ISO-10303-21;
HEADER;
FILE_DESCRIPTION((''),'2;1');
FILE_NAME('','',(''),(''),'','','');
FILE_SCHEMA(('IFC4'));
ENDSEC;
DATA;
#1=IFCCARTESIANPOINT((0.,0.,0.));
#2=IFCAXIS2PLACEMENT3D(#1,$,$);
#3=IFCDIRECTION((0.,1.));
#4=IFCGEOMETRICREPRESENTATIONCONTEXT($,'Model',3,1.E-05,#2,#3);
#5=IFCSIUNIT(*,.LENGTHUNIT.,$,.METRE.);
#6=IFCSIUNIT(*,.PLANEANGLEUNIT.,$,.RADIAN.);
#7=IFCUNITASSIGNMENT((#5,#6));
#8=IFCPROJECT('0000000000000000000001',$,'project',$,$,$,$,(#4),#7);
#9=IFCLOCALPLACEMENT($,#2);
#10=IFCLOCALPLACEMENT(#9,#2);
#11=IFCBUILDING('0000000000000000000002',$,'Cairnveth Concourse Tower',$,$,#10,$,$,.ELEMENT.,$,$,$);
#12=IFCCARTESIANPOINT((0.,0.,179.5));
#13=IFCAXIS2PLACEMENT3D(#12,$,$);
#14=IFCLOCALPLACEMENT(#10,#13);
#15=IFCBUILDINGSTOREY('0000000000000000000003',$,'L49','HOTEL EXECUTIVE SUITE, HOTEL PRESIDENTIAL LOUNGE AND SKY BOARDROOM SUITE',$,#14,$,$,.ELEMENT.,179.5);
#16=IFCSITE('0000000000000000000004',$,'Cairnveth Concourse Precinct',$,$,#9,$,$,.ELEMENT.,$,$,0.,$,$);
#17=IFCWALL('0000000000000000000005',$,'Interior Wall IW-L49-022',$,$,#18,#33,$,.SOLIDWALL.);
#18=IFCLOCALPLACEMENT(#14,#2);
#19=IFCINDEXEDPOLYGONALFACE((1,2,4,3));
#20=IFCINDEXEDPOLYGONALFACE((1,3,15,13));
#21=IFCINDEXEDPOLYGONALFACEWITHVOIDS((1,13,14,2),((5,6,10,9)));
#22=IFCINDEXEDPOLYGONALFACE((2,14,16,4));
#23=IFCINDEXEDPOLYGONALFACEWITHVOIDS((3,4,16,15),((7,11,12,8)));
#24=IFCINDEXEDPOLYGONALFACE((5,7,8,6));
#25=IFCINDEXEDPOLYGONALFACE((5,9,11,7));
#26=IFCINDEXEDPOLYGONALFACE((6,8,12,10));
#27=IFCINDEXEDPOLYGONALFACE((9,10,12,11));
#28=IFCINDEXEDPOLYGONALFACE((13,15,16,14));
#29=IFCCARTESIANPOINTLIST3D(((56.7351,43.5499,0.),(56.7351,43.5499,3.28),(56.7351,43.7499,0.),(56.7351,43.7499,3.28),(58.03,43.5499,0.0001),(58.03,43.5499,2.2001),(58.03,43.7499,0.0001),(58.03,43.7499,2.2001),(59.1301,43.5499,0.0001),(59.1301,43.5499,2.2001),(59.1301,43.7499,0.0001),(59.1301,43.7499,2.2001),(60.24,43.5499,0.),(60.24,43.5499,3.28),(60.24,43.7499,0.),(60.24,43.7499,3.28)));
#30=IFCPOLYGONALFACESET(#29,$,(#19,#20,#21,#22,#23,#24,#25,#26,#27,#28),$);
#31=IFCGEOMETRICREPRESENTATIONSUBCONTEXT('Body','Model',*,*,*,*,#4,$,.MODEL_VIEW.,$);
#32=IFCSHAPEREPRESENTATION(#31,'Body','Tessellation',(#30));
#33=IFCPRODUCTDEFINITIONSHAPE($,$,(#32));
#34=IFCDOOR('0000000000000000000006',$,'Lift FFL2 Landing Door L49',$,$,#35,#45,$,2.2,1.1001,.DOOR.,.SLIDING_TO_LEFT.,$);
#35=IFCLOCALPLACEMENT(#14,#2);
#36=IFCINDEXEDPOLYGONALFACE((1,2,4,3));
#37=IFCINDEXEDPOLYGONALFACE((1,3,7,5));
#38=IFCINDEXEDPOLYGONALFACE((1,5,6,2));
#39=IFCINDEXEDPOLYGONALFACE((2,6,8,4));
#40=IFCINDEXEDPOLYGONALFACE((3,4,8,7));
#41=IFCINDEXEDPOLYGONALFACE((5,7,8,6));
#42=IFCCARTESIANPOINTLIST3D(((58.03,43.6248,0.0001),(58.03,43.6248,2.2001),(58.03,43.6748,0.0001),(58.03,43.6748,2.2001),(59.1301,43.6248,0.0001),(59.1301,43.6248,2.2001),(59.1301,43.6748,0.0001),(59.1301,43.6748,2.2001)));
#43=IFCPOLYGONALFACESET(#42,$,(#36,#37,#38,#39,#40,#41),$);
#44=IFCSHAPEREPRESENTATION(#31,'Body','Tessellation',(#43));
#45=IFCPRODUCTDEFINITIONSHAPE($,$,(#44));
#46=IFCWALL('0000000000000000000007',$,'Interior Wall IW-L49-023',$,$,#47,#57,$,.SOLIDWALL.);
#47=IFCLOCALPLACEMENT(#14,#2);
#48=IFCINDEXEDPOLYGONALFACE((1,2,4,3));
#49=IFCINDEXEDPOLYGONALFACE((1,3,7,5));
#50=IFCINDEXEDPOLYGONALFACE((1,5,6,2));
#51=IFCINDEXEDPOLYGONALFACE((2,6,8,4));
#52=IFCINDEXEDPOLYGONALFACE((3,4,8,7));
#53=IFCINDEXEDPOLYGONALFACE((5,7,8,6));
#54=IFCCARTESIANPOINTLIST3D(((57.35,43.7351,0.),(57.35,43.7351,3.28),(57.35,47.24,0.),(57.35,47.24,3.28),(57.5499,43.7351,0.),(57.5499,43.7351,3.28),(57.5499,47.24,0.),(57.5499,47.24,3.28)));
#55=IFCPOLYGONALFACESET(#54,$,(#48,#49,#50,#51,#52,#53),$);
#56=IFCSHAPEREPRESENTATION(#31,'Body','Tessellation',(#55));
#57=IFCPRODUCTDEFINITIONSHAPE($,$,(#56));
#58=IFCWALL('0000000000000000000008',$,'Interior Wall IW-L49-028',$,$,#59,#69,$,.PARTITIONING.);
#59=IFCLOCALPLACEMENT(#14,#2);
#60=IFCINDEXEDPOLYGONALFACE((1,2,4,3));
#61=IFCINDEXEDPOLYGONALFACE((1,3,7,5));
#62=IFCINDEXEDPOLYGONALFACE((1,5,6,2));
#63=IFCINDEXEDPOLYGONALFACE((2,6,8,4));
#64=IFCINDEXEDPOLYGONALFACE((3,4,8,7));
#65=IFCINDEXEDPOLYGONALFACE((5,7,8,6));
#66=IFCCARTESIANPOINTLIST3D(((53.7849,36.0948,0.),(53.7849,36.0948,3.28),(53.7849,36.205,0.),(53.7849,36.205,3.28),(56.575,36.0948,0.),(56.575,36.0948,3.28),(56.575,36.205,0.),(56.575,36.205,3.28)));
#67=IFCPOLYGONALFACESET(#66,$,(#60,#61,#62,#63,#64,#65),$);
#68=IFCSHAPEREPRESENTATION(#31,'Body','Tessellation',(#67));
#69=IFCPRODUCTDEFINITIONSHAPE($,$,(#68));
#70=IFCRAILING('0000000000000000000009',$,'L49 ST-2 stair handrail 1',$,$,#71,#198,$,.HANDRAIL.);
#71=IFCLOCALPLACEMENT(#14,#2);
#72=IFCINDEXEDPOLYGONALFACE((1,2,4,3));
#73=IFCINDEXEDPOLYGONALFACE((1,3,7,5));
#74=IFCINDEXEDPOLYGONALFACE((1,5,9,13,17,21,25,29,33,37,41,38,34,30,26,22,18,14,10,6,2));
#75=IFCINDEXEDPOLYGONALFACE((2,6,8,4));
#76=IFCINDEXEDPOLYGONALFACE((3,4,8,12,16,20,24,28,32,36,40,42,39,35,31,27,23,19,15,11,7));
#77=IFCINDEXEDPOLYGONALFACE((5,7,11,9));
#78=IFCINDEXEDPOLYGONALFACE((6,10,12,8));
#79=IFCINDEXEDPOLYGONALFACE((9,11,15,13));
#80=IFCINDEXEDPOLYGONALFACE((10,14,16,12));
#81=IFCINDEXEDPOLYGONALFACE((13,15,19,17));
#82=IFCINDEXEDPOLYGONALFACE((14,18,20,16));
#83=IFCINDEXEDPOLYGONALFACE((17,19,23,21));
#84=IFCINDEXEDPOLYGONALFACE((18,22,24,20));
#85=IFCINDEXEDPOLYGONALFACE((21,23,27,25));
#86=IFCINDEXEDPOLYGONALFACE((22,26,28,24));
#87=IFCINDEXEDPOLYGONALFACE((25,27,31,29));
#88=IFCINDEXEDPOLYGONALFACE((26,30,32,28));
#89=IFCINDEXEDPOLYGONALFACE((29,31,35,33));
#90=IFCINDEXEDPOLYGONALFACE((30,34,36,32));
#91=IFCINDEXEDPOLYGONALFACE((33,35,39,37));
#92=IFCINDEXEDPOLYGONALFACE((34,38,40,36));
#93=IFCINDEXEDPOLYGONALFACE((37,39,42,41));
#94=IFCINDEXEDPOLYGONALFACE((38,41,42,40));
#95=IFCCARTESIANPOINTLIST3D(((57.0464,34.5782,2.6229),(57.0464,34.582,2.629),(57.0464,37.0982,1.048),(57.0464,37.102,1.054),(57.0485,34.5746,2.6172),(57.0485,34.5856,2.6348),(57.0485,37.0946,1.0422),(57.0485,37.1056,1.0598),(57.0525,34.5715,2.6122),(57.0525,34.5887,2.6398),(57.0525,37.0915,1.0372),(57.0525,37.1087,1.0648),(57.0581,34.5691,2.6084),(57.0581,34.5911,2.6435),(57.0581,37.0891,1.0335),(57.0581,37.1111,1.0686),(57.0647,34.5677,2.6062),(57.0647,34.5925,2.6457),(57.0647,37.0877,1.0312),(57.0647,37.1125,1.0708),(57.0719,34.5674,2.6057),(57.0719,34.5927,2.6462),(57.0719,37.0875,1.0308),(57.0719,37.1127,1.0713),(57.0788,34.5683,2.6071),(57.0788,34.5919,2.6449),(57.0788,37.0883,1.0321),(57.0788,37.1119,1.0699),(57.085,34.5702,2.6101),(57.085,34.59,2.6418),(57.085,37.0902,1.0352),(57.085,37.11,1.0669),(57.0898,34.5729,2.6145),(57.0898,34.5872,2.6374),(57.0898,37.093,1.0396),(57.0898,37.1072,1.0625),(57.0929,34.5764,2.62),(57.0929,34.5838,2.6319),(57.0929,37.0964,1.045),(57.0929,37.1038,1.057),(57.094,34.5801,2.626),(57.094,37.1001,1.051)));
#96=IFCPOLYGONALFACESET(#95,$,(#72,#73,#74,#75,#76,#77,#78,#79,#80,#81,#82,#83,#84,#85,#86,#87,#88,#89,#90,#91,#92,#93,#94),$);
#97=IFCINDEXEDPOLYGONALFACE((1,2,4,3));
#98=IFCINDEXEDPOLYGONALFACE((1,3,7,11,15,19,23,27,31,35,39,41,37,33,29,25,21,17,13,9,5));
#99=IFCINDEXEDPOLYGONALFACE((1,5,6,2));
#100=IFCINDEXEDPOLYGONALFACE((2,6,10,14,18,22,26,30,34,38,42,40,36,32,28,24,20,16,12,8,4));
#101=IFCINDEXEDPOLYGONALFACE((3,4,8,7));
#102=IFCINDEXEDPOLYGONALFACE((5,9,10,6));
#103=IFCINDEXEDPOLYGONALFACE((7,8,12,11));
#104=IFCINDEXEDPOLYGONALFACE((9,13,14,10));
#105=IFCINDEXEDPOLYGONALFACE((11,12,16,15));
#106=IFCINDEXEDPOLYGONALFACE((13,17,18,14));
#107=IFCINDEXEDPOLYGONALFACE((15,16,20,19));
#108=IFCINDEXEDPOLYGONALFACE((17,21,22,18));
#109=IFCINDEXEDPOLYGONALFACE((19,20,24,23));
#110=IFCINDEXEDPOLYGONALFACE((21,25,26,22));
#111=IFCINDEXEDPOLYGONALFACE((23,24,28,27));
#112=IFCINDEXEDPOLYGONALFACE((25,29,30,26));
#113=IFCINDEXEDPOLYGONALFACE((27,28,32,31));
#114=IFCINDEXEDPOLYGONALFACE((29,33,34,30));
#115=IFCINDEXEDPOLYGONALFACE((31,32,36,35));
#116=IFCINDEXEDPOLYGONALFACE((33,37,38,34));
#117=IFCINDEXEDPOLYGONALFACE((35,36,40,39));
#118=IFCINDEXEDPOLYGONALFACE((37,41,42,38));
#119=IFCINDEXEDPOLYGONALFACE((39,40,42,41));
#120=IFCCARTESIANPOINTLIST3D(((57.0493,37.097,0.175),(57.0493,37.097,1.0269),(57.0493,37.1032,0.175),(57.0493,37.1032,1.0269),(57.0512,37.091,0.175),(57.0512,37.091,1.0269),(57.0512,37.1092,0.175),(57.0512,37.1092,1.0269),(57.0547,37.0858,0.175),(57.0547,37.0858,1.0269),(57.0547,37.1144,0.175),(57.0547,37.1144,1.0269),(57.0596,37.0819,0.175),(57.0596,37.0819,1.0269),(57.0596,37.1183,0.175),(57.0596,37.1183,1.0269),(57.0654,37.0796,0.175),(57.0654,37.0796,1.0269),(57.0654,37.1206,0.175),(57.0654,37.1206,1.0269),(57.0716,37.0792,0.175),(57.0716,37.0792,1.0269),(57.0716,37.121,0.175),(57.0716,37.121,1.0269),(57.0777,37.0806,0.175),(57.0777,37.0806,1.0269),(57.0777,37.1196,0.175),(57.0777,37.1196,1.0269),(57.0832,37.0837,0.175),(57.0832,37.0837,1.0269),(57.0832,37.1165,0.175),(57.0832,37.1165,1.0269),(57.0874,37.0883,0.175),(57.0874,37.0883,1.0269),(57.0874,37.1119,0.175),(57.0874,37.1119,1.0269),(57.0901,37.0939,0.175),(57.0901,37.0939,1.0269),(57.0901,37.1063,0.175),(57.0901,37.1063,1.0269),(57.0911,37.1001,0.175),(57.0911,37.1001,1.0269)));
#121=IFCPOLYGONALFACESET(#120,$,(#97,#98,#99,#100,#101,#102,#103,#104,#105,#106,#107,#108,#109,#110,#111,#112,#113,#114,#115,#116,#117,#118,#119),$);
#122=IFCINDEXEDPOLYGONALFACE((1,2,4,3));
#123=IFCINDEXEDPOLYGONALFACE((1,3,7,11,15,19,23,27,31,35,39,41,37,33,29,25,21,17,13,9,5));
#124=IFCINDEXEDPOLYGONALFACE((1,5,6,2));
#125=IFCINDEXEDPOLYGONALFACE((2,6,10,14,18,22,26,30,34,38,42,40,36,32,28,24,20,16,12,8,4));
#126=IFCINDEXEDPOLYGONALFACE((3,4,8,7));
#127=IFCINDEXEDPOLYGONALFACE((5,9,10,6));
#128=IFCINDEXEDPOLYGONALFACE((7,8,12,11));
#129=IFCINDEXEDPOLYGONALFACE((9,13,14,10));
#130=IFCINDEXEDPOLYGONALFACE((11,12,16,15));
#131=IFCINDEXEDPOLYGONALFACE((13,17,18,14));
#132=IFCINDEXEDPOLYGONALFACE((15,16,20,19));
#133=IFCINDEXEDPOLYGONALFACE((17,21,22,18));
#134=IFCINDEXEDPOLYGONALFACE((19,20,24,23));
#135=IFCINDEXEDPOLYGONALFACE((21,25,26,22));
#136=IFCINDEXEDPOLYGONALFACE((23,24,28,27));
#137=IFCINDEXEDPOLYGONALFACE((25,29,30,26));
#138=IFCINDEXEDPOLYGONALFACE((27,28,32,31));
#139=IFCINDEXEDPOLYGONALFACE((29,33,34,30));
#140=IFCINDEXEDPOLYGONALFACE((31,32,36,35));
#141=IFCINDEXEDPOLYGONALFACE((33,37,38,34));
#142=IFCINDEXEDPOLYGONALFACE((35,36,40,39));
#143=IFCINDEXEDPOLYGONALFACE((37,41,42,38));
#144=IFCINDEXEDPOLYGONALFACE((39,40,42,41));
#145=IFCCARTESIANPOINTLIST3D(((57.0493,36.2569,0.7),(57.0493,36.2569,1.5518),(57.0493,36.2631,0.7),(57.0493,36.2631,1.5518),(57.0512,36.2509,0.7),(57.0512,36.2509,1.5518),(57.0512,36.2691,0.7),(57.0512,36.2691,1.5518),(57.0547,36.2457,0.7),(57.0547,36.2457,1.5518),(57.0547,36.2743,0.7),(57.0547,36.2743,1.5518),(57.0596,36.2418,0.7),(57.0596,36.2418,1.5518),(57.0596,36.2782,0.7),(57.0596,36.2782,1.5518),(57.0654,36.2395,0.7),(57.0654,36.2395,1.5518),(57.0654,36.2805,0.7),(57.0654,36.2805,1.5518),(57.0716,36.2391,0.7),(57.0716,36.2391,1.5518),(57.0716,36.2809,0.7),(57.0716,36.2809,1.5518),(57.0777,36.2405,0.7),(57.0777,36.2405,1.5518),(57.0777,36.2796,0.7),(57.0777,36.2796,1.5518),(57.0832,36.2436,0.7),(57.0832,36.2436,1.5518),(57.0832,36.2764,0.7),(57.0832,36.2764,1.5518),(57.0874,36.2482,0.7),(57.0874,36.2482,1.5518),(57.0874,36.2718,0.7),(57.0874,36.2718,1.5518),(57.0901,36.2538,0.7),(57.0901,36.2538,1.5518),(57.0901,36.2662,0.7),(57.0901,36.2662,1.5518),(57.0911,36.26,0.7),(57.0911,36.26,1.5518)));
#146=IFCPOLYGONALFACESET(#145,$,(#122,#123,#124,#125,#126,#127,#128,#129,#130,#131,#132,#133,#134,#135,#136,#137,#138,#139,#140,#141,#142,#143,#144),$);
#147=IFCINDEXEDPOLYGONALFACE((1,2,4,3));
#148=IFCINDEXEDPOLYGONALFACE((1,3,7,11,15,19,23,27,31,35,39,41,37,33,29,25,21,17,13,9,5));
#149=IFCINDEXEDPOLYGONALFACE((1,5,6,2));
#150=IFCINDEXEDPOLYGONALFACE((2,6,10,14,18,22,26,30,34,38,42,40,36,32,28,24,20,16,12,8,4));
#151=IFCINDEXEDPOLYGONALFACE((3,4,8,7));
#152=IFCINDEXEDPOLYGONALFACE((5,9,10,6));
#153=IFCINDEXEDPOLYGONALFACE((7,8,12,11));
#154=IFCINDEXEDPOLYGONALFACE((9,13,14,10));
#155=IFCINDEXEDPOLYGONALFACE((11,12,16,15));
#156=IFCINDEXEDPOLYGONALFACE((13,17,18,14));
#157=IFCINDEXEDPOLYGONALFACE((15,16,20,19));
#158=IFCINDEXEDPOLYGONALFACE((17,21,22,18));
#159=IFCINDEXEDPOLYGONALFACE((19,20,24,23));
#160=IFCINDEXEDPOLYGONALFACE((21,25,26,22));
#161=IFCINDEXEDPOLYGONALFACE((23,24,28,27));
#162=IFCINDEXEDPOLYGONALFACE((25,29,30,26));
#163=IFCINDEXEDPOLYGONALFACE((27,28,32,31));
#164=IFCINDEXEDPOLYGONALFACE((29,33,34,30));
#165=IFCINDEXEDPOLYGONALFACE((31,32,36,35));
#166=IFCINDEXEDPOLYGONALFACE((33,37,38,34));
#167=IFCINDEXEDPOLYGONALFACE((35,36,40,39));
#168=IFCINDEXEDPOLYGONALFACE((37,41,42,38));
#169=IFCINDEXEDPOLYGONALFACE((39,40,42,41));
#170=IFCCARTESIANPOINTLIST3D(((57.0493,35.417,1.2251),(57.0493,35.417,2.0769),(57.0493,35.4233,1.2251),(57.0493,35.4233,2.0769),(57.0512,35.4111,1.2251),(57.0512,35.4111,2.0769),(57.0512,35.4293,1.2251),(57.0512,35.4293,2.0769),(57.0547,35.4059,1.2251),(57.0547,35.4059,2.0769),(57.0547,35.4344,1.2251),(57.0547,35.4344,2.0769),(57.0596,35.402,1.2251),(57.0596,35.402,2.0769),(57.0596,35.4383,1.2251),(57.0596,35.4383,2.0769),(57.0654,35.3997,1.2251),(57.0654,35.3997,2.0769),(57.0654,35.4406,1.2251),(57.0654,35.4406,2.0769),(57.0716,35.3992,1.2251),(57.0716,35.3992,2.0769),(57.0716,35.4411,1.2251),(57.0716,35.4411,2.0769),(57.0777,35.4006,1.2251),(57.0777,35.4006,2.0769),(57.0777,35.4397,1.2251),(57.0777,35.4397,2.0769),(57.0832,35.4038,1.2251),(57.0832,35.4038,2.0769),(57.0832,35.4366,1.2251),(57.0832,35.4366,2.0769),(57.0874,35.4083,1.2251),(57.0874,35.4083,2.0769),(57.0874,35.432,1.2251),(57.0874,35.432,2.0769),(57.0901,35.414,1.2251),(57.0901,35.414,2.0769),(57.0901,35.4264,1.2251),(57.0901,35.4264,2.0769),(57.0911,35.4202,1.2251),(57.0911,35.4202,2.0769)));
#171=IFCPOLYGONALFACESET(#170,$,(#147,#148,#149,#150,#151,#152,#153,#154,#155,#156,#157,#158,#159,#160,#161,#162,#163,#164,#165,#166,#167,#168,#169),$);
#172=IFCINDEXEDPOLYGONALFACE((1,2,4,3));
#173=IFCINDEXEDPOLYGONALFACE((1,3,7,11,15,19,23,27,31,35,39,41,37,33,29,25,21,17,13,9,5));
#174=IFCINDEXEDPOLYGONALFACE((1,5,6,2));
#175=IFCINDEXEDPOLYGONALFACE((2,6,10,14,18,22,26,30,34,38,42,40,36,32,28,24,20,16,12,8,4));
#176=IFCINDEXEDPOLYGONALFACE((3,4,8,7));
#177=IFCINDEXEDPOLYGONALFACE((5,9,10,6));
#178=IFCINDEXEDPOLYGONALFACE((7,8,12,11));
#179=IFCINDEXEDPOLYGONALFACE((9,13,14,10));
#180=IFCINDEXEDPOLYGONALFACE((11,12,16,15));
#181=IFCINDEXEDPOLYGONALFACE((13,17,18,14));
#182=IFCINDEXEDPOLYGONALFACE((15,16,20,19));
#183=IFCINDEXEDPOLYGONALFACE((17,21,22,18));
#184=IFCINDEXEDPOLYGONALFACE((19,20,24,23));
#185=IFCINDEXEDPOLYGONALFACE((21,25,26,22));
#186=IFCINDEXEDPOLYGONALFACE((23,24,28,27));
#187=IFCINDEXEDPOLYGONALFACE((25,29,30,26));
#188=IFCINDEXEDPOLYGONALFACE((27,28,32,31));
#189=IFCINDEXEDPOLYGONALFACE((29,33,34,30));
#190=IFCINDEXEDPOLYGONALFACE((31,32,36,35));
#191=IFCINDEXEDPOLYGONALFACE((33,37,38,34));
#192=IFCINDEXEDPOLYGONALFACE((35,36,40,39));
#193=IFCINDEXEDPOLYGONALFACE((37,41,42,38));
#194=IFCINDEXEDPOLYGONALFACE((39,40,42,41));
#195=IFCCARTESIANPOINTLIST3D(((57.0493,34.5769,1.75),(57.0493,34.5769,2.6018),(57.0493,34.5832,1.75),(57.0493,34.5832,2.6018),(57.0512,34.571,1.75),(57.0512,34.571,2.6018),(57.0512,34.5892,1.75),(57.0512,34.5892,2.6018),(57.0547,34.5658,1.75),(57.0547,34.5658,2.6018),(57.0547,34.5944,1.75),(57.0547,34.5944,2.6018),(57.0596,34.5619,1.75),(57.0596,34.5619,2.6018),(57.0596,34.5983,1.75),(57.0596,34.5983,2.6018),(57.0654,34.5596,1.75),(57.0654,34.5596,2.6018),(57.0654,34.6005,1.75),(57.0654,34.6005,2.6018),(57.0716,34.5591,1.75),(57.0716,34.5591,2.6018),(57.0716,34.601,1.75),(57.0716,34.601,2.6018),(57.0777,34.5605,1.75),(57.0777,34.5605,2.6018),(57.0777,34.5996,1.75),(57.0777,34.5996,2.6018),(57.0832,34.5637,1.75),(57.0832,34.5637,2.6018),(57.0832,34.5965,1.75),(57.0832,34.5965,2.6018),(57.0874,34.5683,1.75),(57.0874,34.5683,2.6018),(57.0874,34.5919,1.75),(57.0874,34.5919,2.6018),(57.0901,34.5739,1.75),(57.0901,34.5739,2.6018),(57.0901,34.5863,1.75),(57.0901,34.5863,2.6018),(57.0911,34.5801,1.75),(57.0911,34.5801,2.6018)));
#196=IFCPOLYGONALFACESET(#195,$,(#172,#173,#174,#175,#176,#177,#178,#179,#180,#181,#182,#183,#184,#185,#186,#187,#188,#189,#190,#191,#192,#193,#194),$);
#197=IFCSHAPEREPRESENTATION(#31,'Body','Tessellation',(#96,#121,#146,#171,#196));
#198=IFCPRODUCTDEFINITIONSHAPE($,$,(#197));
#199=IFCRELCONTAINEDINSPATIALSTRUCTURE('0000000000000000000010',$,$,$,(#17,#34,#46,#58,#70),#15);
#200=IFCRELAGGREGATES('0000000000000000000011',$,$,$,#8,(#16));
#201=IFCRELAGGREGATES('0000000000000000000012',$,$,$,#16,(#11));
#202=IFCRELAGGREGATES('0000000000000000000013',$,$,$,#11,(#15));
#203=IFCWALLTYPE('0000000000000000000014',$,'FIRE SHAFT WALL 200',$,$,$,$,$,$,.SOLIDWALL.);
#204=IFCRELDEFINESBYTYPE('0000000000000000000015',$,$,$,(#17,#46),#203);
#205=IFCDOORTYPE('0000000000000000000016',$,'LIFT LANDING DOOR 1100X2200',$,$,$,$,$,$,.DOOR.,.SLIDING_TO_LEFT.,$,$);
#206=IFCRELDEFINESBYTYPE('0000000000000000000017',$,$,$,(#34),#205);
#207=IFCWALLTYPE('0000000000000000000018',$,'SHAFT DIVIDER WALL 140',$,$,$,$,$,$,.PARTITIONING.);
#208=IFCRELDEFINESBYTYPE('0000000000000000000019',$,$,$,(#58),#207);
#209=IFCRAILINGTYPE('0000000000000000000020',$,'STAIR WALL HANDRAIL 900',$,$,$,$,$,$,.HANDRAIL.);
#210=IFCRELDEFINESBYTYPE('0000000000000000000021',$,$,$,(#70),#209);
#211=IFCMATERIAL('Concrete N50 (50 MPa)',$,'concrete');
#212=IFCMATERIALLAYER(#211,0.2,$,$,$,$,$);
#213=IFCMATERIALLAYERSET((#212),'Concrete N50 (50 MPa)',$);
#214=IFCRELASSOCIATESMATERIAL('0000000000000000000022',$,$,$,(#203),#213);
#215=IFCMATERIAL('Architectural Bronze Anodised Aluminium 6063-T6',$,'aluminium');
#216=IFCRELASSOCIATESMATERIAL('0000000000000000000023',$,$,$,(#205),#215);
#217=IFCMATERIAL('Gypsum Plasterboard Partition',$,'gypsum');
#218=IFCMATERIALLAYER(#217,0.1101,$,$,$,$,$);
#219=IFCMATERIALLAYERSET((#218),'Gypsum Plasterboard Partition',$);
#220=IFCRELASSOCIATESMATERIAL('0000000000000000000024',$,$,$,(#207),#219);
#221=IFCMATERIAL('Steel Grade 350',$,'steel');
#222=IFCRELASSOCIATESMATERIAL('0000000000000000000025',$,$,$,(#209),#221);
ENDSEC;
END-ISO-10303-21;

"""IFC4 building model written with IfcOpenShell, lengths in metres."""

from ifc_helpers import new_model, si_unit, direction, frame, frame_2d, origin, origin_2d, place, context, subcontext, project, spatial, rectangle, circle, extrude, material, layer, layer_set, type_object, element, fill, save


model = new_model("IFC4")

# Units and contexts
model_context = context("Model", 3, precision=1e-05, world=origin(), true_north=direction((0.0, 1.0)))
body_context = subcontext(model_context, "Body", "Model", "MODEL_VIEW")
ifc_project = project(units=[si_unit("LENGTHUNIT", "METRE"), si_unit("PLANEANGLEUNIT", "RADIAN")], contexts=[model_context])

# Site, building, storey
site_placement = place(None, origin())
site = spatial("IfcSite", under=ifc_project, at=site_placement, Name="Cairnveth Concourse Precinct", CompositionType="ELEMENT", RefElevation=0.0)
building_placement = place(site_placement, origin())
building = spatial("IfcBuilding", under=site, at=building_placement, Name="Cairnveth Concourse Tower", CompositionType="ELEMENT")
storey_placement = place(building_placement, frame((0.0, 0.0, 179.5)))
storey = spatial("IfcBuildingStorey", under=building, at=storey_placement, Name="L49", Description="HOTEL EXECUTIVE SUITE, HOTEL PRESIDENTIAL LOUNGE AND SKY BOARDROOM SUITE", CompositionType="ELEMENT", Elevation=179.5)

# Shared definitions
ifc_material_1 = material(Name="Steel Grade 350", Category="steel")

# Shared definitions
ifc_material_2 = material(Name="Gypsum Plasterboard Partition", Category="gypsum")

# Shared definitions
ifc_material_3 = material(Name="Concrete N50 (50 MPa)", Category="concrete")

# Wall, opening, door
ifc_layer_1 = layer(ifc_material_3, 0.2)
ifc_layer_set_1 = layer_set([ifc_layer_1], Name="Concrete N50 (50 MPa)")
wall_type_1 = type_object("IfcWallType", Name="FIRE SHAFT WALL 200", PredefinedType="SOLIDWALL", material=ifc_layer_set_1)
wall_1_placement = place(storey_placement, frame((56.7351, 43.6499, 0.0), z_axis=(0.0, 0.0, 1.0), x_axis=(1.0, 0.0, 0.0)))
wall_1 = element("IfcWall", 1, at=wall_1_placement, inside=storey, type_object=wall_type_1, Name="Interior Wall IW-L49-022", PredefinedType="SOLIDWALL", context=body_context, shape_type="SweptSolid", body=[
    extrude(rectangle(XDim=3.5049, YDim=0.2, at=frame_2d((1.7524, 0.0))), origin(), (0.0, 0.0, 1.0), 3.28),
])
opening_1_placement = place(wall_1_placement, frame((1.2949, 0.0, 0.0)))
opening_1 = element("IfcOpeningElement", 2, at=opening_1_placement, cuts=wall_1, PredefinedType="OPENING", context=body_context, shape_type="SweptSolid", body=[
    extrude(rectangle(XDim=1.1001, YDim=2.2, at=frame_2d((0.55, 1.1001))), frame((0.0, 0.1099, 0.0), z_axis=(0.0, -1.0, 0.0), x_axis=(1.0, 0.0, 0.0)), (0.0, 0.0, 1.0), 0.22),
])
ifc_material_4 = material(Name="Architectural Bronze Anodised Aluminium 6063-T6", Category="aluminium")
door_type_1 = type_object("IfcDoorType", Name="LIFT LANDING DOOR 1100X2200", OperationType="SLIDING_TO_LEFT", PredefinedType="DOOR", material=ifc_material_4)
door_1_placement = place(opening_1_placement, origin())
door_1 = element("IfcDoor", 3, at=door_1_placement, inside=storey, type_object=door_type_1, Name="Lift FFL2 Landing Door L49", OperationType="SLIDING_TO_LEFT", OverallHeight=2.2, OverallWidth=1.1001, PredefinedType="DOOR", context=body_context, shape_type="SweptSolid", body=[
    extrude(rectangle(XDim=1.1001, YDim=2.2, at=frame_2d((0.55, 1.1001))), frame((0.0, 0.0249, 0.0), z_axis=(0.0, -1.0, 0.0), x_axis=(1.0, 0.0, 0.0)), (0.0, 0.0, 1.0), 0.05),
])
fill(opening_1, door_1)

# Walls
wall_2_placement = place(storey_placement, frame((57.45, 43.7351, 0.0), z_axis=(0.0, 0.0, 1.0), x_axis=(0.0, 1.0, 0.0)))
element("IfcWall", 4, at=wall_2_placement, inside=storey, type_object=wall_type_1, Name="Interior Wall IW-L49-023", PredefinedType="SOLIDWALL", context=body_context, shape_type="SweptSolid", body=[
    extrude(rectangle(XDim=3.5049, YDim=0.2, at=frame_2d((1.7524, 0.0))), origin(), (0.0, 0.0, 1.0), 3.28),
])
ifc_layer_2 = layer(ifc_material_2, 0.1101)
ifc_layer_set_2 = layer_set([ifc_layer_2], Name="Gypsum Plasterboard Partition")
wall_type_2 = type_object("IfcWallType", Name="SHAFT DIVIDER WALL 140", PredefinedType="PARTITIONING", material=ifc_layer_set_2)
wall_3_placement = place(storey_placement, frame((53.7849, 36.1499, 0.0), z_axis=(0.0, 0.0, 1.0), x_axis=(1.0, 0.0, 0.0)))
element("IfcWall", 5, at=wall_3_placement, inside=storey, type_object=wall_type_2, Name="Interior Wall IW-L49-028", PredefinedType="PARTITIONING", context=body_context, shape_type="SweptSolid", body=[
    extrude(rectangle(XDim=2.79, YDim=0.1101, at=frame_2d((1.395, 0.0))), origin(), (0.0, 0.0, 1.0), 3.28),
])

# Railing
railing_type = type_object("IfcRailingType", Name="STAIR WALL HANDRAIL 900", PredefinedType="HANDRAIL", material=ifc_material_1)
railing_placement = place(storey_placement, frame((57.0701, 37.1001, 0.175)))
element("IfcRailing", 6, at=railing_placement, inside=storey, type_object=railing_type, Name="L49 ST-2 stair handrail 1", PredefinedType="HANDRAIL", context=body_context, shape_type="SweptSolid", body=[
    extrude(circle(Radius=0.0239, at=origin_2d()), frame((0.0, 0.0, 0.876), z_axis=(0.0, -0.848008, 0.529984), x_axis=(1.0, 0.0, 0.0)), (0.0, 0.0, 1.0), 2.9717),
    extrude(circle(Radius=0.021, at=origin_2d()), origin(), (0.0, 0.0, 1.0), 0.8518),
    extrude(circle(Radius=0.021, at=origin_2d()), frame((0.0, -0.8401, 0.5249)), (0.0, 0.0, 1.0), 0.8518),
    extrude(circle(Radius=0.021, at=origin_2d()), frame((0.0, -1.6799, 1.05)), (0.0, 0.0, 1.0), 0.8518),
    extrude(circle(Radius=0.021, at=origin_2d()), frame((0.0, -2.52, 1.575)), (0.0, 0.0, 1.0), 0.8518),
])

save(model, "model.ifc")
